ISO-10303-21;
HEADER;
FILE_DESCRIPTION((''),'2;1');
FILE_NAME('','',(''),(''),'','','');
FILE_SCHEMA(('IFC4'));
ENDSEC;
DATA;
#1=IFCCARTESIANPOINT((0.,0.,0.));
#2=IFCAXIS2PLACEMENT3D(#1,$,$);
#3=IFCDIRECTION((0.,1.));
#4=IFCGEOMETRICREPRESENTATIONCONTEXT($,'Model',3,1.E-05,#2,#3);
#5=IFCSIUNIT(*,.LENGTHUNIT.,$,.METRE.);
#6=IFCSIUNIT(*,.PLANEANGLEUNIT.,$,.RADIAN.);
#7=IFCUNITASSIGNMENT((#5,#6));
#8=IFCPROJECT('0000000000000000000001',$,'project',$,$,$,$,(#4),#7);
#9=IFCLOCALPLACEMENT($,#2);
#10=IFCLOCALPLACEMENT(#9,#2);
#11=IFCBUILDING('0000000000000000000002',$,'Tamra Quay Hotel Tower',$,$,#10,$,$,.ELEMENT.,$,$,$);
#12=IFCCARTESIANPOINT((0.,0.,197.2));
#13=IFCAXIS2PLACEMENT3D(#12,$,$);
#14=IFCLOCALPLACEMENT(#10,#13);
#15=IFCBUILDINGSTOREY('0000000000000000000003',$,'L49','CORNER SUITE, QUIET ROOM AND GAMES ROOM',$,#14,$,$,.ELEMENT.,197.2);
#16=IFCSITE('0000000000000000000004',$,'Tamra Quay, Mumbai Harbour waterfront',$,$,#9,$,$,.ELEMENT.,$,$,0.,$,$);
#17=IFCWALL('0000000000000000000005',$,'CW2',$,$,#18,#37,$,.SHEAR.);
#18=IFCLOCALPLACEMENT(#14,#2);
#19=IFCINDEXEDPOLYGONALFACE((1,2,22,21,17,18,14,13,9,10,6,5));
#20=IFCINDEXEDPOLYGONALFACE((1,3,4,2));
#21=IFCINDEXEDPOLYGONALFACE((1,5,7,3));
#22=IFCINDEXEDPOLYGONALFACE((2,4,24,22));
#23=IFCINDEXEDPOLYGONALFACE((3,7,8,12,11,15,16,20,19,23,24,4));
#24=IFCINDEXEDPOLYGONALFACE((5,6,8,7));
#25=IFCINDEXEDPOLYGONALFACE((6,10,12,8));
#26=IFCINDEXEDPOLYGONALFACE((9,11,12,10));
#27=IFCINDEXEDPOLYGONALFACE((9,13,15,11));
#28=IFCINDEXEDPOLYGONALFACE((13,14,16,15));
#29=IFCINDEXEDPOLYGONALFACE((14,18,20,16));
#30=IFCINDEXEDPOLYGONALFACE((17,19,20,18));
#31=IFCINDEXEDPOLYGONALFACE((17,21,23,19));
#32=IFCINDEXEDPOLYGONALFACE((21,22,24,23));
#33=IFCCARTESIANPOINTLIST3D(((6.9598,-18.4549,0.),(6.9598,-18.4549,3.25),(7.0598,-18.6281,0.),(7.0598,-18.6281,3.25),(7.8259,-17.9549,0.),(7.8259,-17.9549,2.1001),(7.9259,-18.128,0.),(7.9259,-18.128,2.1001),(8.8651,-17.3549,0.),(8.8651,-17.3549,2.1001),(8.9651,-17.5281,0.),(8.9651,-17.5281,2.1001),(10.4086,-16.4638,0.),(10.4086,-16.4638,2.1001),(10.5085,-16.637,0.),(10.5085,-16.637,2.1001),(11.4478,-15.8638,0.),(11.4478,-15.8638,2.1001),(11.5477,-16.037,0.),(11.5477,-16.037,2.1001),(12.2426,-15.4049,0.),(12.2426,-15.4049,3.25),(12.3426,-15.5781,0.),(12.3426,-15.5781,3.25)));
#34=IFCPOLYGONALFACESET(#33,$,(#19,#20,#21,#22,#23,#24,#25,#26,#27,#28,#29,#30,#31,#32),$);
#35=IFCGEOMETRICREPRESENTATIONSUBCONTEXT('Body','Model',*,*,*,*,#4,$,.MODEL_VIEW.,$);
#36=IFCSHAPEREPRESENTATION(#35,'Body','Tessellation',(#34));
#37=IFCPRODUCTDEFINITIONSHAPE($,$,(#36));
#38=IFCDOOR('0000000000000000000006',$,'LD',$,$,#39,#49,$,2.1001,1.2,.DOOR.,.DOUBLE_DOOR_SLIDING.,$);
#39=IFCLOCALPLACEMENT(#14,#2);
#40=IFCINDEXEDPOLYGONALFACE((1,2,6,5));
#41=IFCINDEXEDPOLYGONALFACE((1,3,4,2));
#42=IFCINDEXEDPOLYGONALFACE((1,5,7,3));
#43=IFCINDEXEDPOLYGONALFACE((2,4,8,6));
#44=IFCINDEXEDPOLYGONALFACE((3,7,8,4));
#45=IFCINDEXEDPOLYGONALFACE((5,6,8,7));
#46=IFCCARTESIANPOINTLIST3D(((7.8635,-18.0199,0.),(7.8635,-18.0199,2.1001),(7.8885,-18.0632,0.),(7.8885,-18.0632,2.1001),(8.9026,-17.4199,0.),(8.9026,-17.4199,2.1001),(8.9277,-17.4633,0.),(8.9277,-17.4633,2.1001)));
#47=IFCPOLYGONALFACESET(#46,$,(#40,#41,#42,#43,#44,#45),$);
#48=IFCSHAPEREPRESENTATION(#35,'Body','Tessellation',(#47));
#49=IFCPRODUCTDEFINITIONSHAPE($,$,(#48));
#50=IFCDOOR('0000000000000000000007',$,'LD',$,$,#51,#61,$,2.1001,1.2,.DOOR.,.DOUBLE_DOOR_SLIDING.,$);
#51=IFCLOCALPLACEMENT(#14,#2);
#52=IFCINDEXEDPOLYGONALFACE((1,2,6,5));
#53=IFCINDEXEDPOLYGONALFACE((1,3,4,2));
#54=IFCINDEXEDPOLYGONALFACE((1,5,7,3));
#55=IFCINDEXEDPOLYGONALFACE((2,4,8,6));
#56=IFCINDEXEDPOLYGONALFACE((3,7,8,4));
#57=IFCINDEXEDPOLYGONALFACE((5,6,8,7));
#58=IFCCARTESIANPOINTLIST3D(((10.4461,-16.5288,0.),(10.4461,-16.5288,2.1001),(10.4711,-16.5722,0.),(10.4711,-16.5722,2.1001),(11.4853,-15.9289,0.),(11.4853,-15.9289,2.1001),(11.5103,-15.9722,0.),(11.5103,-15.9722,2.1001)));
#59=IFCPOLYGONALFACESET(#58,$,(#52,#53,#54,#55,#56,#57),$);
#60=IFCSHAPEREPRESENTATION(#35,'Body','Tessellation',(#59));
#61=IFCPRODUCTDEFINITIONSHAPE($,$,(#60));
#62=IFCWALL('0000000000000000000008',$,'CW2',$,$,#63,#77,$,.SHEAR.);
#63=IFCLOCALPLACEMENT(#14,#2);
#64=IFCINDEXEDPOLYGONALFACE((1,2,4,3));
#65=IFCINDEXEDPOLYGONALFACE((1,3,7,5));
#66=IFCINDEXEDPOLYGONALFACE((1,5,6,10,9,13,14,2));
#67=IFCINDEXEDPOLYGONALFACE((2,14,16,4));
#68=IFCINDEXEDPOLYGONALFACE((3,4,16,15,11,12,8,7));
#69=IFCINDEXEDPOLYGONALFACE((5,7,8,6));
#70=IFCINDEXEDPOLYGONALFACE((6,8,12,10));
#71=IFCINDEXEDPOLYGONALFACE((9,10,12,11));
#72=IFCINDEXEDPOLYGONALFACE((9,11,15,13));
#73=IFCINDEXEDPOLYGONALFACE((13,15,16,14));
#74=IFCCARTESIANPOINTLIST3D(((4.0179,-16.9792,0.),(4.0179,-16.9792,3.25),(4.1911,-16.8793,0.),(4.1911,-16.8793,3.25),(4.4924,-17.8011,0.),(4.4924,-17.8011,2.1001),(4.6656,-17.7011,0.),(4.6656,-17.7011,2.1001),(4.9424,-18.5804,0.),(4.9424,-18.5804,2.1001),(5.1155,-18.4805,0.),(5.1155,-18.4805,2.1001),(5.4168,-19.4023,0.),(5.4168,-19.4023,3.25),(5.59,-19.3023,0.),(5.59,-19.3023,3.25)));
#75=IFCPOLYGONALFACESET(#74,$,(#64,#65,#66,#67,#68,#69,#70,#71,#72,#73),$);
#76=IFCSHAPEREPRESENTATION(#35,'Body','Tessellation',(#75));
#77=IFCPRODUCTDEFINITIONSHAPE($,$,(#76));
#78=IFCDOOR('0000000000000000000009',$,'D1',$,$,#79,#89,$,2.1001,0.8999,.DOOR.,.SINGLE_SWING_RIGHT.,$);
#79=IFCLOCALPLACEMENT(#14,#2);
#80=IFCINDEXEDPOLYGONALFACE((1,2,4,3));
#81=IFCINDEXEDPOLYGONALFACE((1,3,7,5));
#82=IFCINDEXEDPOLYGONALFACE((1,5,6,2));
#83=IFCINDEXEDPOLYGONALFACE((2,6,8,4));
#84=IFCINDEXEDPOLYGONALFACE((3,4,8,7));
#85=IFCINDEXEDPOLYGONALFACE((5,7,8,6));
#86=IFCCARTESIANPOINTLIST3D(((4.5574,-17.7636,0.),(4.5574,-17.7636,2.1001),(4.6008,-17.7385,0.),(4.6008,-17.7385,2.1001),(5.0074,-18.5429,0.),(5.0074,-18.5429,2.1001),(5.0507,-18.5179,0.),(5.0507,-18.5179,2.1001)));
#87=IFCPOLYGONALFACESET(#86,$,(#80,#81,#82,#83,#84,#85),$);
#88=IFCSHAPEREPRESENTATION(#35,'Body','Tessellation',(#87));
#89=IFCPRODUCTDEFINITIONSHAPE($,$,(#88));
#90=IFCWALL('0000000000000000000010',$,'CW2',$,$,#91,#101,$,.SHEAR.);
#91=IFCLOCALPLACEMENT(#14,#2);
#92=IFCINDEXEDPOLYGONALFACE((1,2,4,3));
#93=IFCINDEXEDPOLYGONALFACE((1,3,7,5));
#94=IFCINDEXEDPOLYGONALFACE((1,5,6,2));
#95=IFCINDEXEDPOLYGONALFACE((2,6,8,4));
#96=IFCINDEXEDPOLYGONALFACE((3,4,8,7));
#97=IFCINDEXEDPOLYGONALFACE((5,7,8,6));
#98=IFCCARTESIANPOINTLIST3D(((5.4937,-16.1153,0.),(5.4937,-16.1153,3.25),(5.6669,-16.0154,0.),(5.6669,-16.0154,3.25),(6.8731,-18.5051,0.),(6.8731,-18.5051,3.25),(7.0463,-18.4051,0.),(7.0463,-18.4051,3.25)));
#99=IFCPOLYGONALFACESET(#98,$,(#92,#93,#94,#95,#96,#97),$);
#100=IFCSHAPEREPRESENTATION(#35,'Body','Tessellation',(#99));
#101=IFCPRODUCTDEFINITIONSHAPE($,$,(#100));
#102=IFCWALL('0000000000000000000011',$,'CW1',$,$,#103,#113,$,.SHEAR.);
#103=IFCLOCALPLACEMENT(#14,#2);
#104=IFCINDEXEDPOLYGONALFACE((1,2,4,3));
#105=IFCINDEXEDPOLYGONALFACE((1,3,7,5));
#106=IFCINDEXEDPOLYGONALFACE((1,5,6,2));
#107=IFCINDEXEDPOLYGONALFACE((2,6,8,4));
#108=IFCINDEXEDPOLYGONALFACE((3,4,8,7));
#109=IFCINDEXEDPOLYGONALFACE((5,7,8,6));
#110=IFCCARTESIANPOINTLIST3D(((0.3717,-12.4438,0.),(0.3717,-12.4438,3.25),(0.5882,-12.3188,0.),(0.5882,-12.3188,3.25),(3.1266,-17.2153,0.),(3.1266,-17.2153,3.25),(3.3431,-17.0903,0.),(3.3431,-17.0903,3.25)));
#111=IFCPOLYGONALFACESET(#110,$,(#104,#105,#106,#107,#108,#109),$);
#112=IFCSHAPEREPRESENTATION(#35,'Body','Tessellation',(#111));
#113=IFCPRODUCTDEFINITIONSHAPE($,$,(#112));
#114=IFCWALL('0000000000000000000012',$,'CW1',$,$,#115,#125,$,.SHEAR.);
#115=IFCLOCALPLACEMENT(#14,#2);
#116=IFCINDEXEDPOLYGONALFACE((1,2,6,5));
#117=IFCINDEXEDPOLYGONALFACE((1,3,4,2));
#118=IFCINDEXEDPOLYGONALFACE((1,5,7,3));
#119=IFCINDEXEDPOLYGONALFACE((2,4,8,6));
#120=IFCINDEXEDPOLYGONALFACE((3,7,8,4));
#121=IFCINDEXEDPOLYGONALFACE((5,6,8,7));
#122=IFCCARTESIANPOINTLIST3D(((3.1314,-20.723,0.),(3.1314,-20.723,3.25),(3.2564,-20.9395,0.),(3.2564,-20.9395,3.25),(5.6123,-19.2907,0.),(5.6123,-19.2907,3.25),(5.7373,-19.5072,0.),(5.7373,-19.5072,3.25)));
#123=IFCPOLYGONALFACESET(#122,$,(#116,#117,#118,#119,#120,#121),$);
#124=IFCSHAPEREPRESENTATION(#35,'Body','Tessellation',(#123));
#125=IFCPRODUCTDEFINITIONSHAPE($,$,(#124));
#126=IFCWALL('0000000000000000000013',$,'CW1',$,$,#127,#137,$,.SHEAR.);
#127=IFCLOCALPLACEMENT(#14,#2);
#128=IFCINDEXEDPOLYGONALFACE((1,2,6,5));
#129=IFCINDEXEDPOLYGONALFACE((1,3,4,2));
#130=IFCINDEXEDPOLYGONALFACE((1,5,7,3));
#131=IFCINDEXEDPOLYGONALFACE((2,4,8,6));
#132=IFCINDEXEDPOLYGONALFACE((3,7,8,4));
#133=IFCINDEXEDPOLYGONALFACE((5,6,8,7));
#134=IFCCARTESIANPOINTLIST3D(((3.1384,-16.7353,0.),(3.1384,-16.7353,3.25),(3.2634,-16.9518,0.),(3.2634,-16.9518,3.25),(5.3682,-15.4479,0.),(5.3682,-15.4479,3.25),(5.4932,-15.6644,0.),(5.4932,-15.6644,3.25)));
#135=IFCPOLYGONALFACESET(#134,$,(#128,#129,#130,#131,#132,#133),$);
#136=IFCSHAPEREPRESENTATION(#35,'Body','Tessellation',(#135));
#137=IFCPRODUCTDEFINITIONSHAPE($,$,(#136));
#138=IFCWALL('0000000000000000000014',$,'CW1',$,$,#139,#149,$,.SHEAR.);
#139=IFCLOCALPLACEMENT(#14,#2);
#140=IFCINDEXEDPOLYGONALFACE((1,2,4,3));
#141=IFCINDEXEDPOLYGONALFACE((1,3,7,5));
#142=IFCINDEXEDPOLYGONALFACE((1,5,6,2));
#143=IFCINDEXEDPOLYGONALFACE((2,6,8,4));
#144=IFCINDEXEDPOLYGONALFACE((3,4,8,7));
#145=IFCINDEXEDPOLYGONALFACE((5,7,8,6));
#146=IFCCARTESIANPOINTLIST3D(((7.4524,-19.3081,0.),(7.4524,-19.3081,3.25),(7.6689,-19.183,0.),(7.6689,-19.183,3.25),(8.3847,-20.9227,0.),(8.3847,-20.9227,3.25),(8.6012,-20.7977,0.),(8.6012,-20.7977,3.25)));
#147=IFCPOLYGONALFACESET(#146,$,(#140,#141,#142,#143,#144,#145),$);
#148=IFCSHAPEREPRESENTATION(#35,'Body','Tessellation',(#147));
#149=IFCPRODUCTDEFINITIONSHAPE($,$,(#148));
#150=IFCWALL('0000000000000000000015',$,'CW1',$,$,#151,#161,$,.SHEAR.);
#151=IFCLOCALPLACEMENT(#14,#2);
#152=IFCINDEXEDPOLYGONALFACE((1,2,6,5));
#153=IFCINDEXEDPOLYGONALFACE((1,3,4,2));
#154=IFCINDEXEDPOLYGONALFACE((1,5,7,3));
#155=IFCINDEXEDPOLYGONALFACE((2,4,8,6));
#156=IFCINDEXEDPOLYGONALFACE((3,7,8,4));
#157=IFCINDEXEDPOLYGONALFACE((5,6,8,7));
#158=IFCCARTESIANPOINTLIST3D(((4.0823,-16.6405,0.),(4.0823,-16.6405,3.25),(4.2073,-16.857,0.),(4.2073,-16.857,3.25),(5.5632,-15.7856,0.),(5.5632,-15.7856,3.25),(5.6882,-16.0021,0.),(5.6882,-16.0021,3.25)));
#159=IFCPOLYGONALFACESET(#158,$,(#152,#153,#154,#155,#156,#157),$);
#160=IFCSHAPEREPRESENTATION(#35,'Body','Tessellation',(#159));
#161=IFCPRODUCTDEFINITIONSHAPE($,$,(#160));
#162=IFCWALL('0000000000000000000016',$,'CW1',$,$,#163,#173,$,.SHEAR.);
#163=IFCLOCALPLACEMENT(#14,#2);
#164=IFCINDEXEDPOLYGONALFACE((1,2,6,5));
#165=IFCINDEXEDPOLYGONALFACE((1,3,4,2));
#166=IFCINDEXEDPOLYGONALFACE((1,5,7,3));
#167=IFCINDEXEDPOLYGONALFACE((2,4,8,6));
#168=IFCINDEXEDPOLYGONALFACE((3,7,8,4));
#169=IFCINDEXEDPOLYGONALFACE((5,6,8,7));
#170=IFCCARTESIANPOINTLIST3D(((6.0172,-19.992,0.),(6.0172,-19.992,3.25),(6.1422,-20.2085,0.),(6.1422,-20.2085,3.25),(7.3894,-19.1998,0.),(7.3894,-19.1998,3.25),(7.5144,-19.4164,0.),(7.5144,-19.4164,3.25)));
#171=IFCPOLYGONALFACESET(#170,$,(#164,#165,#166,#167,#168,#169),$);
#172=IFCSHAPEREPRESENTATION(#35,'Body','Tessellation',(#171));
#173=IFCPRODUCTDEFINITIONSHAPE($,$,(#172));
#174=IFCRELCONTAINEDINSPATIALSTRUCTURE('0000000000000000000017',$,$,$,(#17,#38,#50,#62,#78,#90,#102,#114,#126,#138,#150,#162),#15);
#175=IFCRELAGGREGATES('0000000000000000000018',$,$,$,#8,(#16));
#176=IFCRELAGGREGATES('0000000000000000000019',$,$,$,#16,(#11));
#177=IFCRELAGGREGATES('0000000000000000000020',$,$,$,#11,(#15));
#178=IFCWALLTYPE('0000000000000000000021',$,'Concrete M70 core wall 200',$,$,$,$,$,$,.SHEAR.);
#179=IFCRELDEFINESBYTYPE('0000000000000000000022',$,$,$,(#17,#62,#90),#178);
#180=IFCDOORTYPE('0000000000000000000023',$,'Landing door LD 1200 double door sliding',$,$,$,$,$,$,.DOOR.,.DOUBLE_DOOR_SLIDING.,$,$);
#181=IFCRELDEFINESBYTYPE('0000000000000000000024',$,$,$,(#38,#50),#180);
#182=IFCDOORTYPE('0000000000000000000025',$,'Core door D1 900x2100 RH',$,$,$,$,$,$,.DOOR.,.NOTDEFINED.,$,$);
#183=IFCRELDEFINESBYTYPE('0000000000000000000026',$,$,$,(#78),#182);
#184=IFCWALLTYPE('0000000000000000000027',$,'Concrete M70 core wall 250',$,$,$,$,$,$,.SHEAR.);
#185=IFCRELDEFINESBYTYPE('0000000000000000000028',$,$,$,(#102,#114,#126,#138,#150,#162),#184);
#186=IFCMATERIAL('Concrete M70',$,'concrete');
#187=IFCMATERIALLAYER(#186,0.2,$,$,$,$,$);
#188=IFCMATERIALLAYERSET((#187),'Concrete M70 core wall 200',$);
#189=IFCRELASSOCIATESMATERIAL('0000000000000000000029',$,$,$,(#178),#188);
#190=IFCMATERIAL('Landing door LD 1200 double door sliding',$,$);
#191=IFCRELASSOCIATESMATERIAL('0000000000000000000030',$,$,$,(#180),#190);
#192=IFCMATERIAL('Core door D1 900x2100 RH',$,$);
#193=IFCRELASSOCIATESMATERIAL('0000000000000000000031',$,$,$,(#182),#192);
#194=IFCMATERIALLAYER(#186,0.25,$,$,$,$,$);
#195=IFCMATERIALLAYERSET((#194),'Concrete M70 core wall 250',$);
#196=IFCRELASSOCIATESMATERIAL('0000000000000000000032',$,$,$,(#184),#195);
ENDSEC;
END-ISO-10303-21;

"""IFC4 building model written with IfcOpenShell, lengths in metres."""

from ifc_helpers import new_model, si_unit, direction, frame, frame_2d, origin, place, context, subcontext, project, spatial, rectangle, extrude, material, layer, layer_set, type_object, element, fill, save


model = new_model("IFC4")

# Units and contexts
model_context = context("Model", 3, precision=1e-05, world=origin(), true_north=direction((0.0, 1.0)))
body_context = subcontext(model_context, "Body", "Model", "MODEL_VIEW")
ifc_project = project(units=[si_unit("LENGTHUNIT", "METRE"), si_unit("PLANEANGLEUNIT", "RADIAN")], contexts=[model_context])

# Site, building, storey
site_placement = place(None, origin())
site = spatial("IfcSite", under=ifc_project, at=site_placement, Name="Tamra Quay, Mumbai Harbour waterfront", CompositionType="ELEMENT", RefElevation=0.0)
building_placement = place(site_placement, origin())
building = spatial("IfcBuilding", under=site, at=building_placement, Name="Tamra Quay Hotel Tower", CompositionType="ELEMENT")
storey_placement = place(building_placement, frame((0.0, 0.0, 197.2)))
storey = spatial("IfcBuildingStorey", under=building, at=storey_placement, Name="L49", Description="CORNER SUITE, QUIET ROOM AND GAMES ROOM", CompositionType="ELEMENT", Elevation=197.2)

# Shared definitions
ifc_material_1 = material(Name="Concrete M70", Category="concrete")

# Wall, openings, doors
ifc_layer_1 = layer(ifc_material_1, 0.2)
ifc_layer_set_1 = layer_set([ifc_layer_1], Name="Concrete M70 core wall 200")
wall_type_1 = type_object("IfcWallType", Name="Concrete M70 core wall 200", PredefinedType="SHEAR", material=ifc_layer_set_1)
wall_1_placement = place(storey_placement, frame((7.0098, -18.5415, 0.0), z_axis=(0.0, 0.0, 1.0), x_axis=(0.86603, 0.499992, 0.0)))
wall_1 = element("IfcWall", 1, at=wall_1_placement, inside=storey, type_object=wall_type_1, Name="CW2", PredefinedType="SHEAR", context=body_context, shape_type="SweptSolid", body=[
    extrude(rectangle(XDim=6.1001, YDim=0.2, at=frame_2d((3.05, 0.0))), origin(), (0.0, 0.0, 1.0), 3.25),
])
opening_1_placement = place(wall_1_placement, frame((1.0, 0.0, 0.0)))
opening_1 = element("IfcOpeningElement", 2, at=opening_1_placement, cuts=wall_1, PredefinedType="OPENING", context=body_context, shape_type="SweptSolid", body=[
    extrude(rectangle(XDim=1.2, YDim=2.1001, at=frame_2d((0.6001, 1.05))), frame((0.0, 0.1099, 0.0), z_axis=(0.0, -1.0, 0.0), x_axis=(1.0, 0.0, 0.0)), (0.0, 0.0, 1.0), 0.22),
])
opening_2_placement = place(wall_1_placement, frame((3.9822, 0.0, 0.0)))
opening_2 = element("IfcOpeningElement", 3, at=opening_2_placement, cuts=wall_1, PredefinedType="OPENING", context=body_context, shape_type="SweptSolid", body=[
    extrude(rectangle(XDim=1.2, YDim=2.1001, at=frame_2d((0.6001, 1.05))), frame((0.0, 0.1099, 0.0), z_axis=(0.0, -1.0, 0.0), x_axis=(1.0, 0.0, 0.0)), (0.0, 0.0, 1.0), 0.22),
])
ifc_material_2 = material(Name="Landing door LD 1200 double door sliding")
door_type_1 = type_object("IfcDoorType", Name="Landing door LD 1200 double door sliding", OperationType="DOUBLE_DOOR_SLIDING", PredefinedType="DOOR", material=ifc_material_2)
door_1_placement = place(opening_1_placement, origin())
door_1 = element("IfcDoor", 4, at=door_1_placement, inside=storey, type_object=door_type_1, Name="LD", OperationType="DOUBLE_DOOR_SLIDING", OverallHeight=2.1001, OverallWidth=1.2, PredefinedType="DOOR", context=body_context, shape_type="SweptSolid", body=[
    extrude(rectangle(XDim=1.2, YDim=2.1001, at=frame_2d((0.6001, 1.05))), frame((0.0, 0.0249, 0.0), z_axis=(0.0, -1.0, 0.0), x_axis=(1.0, 0.0, 0.0)), (0.0, 0.0, 1.0), 0.05),
])
fill(opening_1, door_1)
door_2_placement = place(opening_2_placement, origin())
door_2 = element("IfcDoor", 5, at=door_2_placement, inside=storey, type_object=door_type_1, Name="LD", OperationType="DOUBLE_DOOR_SLIDING", OverallHeight=2.1001, OverallWidth=1.2, PredefinedType="DOOR", context=body_context, shape_type="SweptSolid", body=[
    extrude(rectangle(XDim=1.2, YDim=2.1001, at=frame_2d((0.6001, 1.05))), frame((0.0, 0.0249, 0.0), z_axis=(0.0, -1.0, 0.0), x_axis=(1.0, 0.0, 0.0)), (0.0, 0.0, 1.0), 0.05),
])
fill(opening_2, door_2)

# Wall, opening, door
wall_2_placement = place(storey_placement, frame((5.5034, -19.3523, 0.0), z_axis=(0.0, 0.0, 1.0), x_axis=(-0.499987, 0.866033, 0.0)))
wall_2 = element("IfcWall", 6, at=wall_2_placement, inside=storey, type_object=wall_type_1, Name="CW2", PredefinedType="SHEAR", context=body_context, shape_type="SweptSolid", body=[
    extrude(rectangle(XDim=2.7979, YDim=0.2, at=frame_2d((1.3989, 0.0))), origin(), (0.0, 0.0, 1.0), 3.25),
])
opening_3_placement = place(wall_2_placement, frame((0.949, 0.0, 0.0)))
opening_3 = element("IfcOpeningElement", 7, at=opening_3_placement, cuts=wall_2, PredefinedType="OPENING", context=body_context, shape_type="SweptSolid", body=[
    extrude(rectangle(XDim=0.8999, YDim=2.1001, at=frame_2d((0.45, 1.05))), frame((0.0, 0.1099, 0.0), z_axis=(0.0, -1.0, 0.0), x_axis=(1.0, 0.0, 0.0)), (0.0, 0.0, 1.0), 0.22),
])
ifc_material_3 = material(Name="Core door D1 900x2100 RH")
door_type_2 = type_object("IfcDoorType", Name="Core door D1 900x2100 RH", OperationType="NOTDEFINED", PredefinedType="DOOR", material=ifc_material_3)
door_3_placement = place(opening_3_placement, origin())
door_3 = element("IfcDoor", 8, at=door_3_placement, inside=storey, type_object=door_type_2, Name="D1", OperationType="SINGLE_SWING_RIGHT", OverallHeight=2.1001, OverallWidth=0.8999, PredefinedType="DOOR", context=body_context, shape_type="SweptSolid", body=[
    extrude(rectangle(XDim=0.8999, YDim=2.1001, at=frame_2d((0.45, 1.05))), frame((0.0, 0.0249, 0.0), z_axis=(0.0, -1.0, 0.0), x_axis=(1.0, 0.0, 0.0)), (0.0, 0.0, 1.0), 0.05),
])
fill(opening_3, door_3)

# Walls
wall_3_placement = place(storey_placement, frame((6.9597, -18.4551, 0.0), z_axis=(0.0, 0.0, 1.0), x_axis=(-0.499927, 0.866068, 0.0)))
element("IfcWall", 9, at=wall_3_placement, inside=storey, type_object=wall_type_1, Name="CW2", PredefinedType="SHEAR", context=body_context, shape_type="SweptSolid", body=[
    extrude(rectangle(XDim=2.7593, YDim=0.2, at=frame_2d((1.3796, 0.0))), origin(), (0.0, 0.0, 1.0), 3.25),
])
ifc_layer_2 = layer(ifc_material_1, 0.25)
ifc_layer_set_2 = layer_set([ifc_layer_2], Name="Concrete M70 core wall 250")
wall_type_2 = type_object("IfcWallType", Name="Concrete M70 core wall 250", PredefinedType="SHEAR", material=ifc_layer_set_2)
wall_4_placement = place(storey_placement, frame((3.2349, -17.1528, 0.0), z_axis=(0.0, 0.0, 1.0), x_axis=(-0.500009, 0.86602, 0.0)))
element("IfcWall", 10, at=wall_4_placement, inside=storey, type_object=wall_type_2, Name="CW1", PredefinedType="SHEAR", context=body_context, shape_type="SweptSolid", body=[
    extrude(rectangle(XDim=5.5098, YDim=0.25, at=frame_2d((2.7549, 0.0))), origin(), (0.0, 0.0, 1.0), 3.25),
])
wall_5_placement = place(storey_placement, frame((5.6748, -19.3989, 0.0), z_axis=(0.0, 0.0, 1.0), x_axis=(-0.866027, -0.499998, 0.0)))
element("IfcWall", 11, at=wall_5_placement, inside=storey, type_object=wall_type_2, Name="CW1", PredefinedType="SHEAR", context=body_context, shape_type="SweptSolid", body=[
    extrude(rectangle(XDim=2.8647, YDim=0.25, at=frame_2d((1.4324, 0.0))), origin(), (0.0, 0.0, 1.0), 3.25),
])
wall_6_placement = place(storey_placement, frame((5.4307, -15.5562, 0.0), z_axis=(0.0, 0.0, 1.0), x_axis=(-0.866023, -0.500004, 0.0)))
element("IfcWall", 12, at=wall_6_placement, inside=storey, type_object=wall_type_2, Name="CW1", PredefinedType="SHEAR", context=body_context, shape_type="SweptSolid", body=[
    extrude(rectangle(XDim=2.5747, YDim=0.25, at=frame_2d((1.2874, 0.0))), origin(), (0.0, 0.0, 1.0), 3.25),
])
wall_7_placement = place(storey_placement, frame((8.4929, -20.8601, 0.0), z_axis=(0.0, 0.0, 1.0), x_axis=(-0.50004, 0.866002, 0.0)))
element("IfcWall", 13, at=wall_7_placement, inside=storey, type_object=wall_type_2, Name="CW1", PredefinedType="SHEAR", context=body_context, shape_type="SweptSolid", body=[
    extrude(rectangle(XDim=1.8645, YDim=0.25, at=frame_2d((0.9321, 0.0))), origin(), (0.0, 0.0, 1.0), 3.25),
])
wall_8_placement = place(storey_placement, frame((4.1448, -16.7488, 0.0), z_axis=(0.0, 0.0, 1.0), x_axis=(0.866038, 0.499978, 0.0)))
element("IfcWall", 14, at=wall_8_placement, inside=storey, type_object=wall_type_2, Name="CW1", PredefinedType="SHEAR", context=body_context, shape_type="SweptSolid", body=[
    extrude(rectangle(XDim=1.71, YDim=0.25, at=frame_2d((0.855, 0.0))), origin(), (0.0, 0.0, 1.0), 3.25),
])
wall_9_placement = place(storey_placement, frame((7.4519, -19.3081, 0.0), z_axis=(0.0, 0.0, 1.0), x_axis=(-0.866044, -0.499967, 0.0)))
element("IfcWall", 15, at=wall_9_placement, inside=storey, type_object=wall_type_2, Name="CW1", PredefinedType="SHEAR", context=body_context, shape_type="SweptSolid", body=[
    extrude(rectangle(XDim=1.5845, YDim=0.25, at=frame_2d((0.7922, 0.0))), origin(), (0.0, 0.0, 1.0), 3.25),
])

save(model, "model.ifc")
